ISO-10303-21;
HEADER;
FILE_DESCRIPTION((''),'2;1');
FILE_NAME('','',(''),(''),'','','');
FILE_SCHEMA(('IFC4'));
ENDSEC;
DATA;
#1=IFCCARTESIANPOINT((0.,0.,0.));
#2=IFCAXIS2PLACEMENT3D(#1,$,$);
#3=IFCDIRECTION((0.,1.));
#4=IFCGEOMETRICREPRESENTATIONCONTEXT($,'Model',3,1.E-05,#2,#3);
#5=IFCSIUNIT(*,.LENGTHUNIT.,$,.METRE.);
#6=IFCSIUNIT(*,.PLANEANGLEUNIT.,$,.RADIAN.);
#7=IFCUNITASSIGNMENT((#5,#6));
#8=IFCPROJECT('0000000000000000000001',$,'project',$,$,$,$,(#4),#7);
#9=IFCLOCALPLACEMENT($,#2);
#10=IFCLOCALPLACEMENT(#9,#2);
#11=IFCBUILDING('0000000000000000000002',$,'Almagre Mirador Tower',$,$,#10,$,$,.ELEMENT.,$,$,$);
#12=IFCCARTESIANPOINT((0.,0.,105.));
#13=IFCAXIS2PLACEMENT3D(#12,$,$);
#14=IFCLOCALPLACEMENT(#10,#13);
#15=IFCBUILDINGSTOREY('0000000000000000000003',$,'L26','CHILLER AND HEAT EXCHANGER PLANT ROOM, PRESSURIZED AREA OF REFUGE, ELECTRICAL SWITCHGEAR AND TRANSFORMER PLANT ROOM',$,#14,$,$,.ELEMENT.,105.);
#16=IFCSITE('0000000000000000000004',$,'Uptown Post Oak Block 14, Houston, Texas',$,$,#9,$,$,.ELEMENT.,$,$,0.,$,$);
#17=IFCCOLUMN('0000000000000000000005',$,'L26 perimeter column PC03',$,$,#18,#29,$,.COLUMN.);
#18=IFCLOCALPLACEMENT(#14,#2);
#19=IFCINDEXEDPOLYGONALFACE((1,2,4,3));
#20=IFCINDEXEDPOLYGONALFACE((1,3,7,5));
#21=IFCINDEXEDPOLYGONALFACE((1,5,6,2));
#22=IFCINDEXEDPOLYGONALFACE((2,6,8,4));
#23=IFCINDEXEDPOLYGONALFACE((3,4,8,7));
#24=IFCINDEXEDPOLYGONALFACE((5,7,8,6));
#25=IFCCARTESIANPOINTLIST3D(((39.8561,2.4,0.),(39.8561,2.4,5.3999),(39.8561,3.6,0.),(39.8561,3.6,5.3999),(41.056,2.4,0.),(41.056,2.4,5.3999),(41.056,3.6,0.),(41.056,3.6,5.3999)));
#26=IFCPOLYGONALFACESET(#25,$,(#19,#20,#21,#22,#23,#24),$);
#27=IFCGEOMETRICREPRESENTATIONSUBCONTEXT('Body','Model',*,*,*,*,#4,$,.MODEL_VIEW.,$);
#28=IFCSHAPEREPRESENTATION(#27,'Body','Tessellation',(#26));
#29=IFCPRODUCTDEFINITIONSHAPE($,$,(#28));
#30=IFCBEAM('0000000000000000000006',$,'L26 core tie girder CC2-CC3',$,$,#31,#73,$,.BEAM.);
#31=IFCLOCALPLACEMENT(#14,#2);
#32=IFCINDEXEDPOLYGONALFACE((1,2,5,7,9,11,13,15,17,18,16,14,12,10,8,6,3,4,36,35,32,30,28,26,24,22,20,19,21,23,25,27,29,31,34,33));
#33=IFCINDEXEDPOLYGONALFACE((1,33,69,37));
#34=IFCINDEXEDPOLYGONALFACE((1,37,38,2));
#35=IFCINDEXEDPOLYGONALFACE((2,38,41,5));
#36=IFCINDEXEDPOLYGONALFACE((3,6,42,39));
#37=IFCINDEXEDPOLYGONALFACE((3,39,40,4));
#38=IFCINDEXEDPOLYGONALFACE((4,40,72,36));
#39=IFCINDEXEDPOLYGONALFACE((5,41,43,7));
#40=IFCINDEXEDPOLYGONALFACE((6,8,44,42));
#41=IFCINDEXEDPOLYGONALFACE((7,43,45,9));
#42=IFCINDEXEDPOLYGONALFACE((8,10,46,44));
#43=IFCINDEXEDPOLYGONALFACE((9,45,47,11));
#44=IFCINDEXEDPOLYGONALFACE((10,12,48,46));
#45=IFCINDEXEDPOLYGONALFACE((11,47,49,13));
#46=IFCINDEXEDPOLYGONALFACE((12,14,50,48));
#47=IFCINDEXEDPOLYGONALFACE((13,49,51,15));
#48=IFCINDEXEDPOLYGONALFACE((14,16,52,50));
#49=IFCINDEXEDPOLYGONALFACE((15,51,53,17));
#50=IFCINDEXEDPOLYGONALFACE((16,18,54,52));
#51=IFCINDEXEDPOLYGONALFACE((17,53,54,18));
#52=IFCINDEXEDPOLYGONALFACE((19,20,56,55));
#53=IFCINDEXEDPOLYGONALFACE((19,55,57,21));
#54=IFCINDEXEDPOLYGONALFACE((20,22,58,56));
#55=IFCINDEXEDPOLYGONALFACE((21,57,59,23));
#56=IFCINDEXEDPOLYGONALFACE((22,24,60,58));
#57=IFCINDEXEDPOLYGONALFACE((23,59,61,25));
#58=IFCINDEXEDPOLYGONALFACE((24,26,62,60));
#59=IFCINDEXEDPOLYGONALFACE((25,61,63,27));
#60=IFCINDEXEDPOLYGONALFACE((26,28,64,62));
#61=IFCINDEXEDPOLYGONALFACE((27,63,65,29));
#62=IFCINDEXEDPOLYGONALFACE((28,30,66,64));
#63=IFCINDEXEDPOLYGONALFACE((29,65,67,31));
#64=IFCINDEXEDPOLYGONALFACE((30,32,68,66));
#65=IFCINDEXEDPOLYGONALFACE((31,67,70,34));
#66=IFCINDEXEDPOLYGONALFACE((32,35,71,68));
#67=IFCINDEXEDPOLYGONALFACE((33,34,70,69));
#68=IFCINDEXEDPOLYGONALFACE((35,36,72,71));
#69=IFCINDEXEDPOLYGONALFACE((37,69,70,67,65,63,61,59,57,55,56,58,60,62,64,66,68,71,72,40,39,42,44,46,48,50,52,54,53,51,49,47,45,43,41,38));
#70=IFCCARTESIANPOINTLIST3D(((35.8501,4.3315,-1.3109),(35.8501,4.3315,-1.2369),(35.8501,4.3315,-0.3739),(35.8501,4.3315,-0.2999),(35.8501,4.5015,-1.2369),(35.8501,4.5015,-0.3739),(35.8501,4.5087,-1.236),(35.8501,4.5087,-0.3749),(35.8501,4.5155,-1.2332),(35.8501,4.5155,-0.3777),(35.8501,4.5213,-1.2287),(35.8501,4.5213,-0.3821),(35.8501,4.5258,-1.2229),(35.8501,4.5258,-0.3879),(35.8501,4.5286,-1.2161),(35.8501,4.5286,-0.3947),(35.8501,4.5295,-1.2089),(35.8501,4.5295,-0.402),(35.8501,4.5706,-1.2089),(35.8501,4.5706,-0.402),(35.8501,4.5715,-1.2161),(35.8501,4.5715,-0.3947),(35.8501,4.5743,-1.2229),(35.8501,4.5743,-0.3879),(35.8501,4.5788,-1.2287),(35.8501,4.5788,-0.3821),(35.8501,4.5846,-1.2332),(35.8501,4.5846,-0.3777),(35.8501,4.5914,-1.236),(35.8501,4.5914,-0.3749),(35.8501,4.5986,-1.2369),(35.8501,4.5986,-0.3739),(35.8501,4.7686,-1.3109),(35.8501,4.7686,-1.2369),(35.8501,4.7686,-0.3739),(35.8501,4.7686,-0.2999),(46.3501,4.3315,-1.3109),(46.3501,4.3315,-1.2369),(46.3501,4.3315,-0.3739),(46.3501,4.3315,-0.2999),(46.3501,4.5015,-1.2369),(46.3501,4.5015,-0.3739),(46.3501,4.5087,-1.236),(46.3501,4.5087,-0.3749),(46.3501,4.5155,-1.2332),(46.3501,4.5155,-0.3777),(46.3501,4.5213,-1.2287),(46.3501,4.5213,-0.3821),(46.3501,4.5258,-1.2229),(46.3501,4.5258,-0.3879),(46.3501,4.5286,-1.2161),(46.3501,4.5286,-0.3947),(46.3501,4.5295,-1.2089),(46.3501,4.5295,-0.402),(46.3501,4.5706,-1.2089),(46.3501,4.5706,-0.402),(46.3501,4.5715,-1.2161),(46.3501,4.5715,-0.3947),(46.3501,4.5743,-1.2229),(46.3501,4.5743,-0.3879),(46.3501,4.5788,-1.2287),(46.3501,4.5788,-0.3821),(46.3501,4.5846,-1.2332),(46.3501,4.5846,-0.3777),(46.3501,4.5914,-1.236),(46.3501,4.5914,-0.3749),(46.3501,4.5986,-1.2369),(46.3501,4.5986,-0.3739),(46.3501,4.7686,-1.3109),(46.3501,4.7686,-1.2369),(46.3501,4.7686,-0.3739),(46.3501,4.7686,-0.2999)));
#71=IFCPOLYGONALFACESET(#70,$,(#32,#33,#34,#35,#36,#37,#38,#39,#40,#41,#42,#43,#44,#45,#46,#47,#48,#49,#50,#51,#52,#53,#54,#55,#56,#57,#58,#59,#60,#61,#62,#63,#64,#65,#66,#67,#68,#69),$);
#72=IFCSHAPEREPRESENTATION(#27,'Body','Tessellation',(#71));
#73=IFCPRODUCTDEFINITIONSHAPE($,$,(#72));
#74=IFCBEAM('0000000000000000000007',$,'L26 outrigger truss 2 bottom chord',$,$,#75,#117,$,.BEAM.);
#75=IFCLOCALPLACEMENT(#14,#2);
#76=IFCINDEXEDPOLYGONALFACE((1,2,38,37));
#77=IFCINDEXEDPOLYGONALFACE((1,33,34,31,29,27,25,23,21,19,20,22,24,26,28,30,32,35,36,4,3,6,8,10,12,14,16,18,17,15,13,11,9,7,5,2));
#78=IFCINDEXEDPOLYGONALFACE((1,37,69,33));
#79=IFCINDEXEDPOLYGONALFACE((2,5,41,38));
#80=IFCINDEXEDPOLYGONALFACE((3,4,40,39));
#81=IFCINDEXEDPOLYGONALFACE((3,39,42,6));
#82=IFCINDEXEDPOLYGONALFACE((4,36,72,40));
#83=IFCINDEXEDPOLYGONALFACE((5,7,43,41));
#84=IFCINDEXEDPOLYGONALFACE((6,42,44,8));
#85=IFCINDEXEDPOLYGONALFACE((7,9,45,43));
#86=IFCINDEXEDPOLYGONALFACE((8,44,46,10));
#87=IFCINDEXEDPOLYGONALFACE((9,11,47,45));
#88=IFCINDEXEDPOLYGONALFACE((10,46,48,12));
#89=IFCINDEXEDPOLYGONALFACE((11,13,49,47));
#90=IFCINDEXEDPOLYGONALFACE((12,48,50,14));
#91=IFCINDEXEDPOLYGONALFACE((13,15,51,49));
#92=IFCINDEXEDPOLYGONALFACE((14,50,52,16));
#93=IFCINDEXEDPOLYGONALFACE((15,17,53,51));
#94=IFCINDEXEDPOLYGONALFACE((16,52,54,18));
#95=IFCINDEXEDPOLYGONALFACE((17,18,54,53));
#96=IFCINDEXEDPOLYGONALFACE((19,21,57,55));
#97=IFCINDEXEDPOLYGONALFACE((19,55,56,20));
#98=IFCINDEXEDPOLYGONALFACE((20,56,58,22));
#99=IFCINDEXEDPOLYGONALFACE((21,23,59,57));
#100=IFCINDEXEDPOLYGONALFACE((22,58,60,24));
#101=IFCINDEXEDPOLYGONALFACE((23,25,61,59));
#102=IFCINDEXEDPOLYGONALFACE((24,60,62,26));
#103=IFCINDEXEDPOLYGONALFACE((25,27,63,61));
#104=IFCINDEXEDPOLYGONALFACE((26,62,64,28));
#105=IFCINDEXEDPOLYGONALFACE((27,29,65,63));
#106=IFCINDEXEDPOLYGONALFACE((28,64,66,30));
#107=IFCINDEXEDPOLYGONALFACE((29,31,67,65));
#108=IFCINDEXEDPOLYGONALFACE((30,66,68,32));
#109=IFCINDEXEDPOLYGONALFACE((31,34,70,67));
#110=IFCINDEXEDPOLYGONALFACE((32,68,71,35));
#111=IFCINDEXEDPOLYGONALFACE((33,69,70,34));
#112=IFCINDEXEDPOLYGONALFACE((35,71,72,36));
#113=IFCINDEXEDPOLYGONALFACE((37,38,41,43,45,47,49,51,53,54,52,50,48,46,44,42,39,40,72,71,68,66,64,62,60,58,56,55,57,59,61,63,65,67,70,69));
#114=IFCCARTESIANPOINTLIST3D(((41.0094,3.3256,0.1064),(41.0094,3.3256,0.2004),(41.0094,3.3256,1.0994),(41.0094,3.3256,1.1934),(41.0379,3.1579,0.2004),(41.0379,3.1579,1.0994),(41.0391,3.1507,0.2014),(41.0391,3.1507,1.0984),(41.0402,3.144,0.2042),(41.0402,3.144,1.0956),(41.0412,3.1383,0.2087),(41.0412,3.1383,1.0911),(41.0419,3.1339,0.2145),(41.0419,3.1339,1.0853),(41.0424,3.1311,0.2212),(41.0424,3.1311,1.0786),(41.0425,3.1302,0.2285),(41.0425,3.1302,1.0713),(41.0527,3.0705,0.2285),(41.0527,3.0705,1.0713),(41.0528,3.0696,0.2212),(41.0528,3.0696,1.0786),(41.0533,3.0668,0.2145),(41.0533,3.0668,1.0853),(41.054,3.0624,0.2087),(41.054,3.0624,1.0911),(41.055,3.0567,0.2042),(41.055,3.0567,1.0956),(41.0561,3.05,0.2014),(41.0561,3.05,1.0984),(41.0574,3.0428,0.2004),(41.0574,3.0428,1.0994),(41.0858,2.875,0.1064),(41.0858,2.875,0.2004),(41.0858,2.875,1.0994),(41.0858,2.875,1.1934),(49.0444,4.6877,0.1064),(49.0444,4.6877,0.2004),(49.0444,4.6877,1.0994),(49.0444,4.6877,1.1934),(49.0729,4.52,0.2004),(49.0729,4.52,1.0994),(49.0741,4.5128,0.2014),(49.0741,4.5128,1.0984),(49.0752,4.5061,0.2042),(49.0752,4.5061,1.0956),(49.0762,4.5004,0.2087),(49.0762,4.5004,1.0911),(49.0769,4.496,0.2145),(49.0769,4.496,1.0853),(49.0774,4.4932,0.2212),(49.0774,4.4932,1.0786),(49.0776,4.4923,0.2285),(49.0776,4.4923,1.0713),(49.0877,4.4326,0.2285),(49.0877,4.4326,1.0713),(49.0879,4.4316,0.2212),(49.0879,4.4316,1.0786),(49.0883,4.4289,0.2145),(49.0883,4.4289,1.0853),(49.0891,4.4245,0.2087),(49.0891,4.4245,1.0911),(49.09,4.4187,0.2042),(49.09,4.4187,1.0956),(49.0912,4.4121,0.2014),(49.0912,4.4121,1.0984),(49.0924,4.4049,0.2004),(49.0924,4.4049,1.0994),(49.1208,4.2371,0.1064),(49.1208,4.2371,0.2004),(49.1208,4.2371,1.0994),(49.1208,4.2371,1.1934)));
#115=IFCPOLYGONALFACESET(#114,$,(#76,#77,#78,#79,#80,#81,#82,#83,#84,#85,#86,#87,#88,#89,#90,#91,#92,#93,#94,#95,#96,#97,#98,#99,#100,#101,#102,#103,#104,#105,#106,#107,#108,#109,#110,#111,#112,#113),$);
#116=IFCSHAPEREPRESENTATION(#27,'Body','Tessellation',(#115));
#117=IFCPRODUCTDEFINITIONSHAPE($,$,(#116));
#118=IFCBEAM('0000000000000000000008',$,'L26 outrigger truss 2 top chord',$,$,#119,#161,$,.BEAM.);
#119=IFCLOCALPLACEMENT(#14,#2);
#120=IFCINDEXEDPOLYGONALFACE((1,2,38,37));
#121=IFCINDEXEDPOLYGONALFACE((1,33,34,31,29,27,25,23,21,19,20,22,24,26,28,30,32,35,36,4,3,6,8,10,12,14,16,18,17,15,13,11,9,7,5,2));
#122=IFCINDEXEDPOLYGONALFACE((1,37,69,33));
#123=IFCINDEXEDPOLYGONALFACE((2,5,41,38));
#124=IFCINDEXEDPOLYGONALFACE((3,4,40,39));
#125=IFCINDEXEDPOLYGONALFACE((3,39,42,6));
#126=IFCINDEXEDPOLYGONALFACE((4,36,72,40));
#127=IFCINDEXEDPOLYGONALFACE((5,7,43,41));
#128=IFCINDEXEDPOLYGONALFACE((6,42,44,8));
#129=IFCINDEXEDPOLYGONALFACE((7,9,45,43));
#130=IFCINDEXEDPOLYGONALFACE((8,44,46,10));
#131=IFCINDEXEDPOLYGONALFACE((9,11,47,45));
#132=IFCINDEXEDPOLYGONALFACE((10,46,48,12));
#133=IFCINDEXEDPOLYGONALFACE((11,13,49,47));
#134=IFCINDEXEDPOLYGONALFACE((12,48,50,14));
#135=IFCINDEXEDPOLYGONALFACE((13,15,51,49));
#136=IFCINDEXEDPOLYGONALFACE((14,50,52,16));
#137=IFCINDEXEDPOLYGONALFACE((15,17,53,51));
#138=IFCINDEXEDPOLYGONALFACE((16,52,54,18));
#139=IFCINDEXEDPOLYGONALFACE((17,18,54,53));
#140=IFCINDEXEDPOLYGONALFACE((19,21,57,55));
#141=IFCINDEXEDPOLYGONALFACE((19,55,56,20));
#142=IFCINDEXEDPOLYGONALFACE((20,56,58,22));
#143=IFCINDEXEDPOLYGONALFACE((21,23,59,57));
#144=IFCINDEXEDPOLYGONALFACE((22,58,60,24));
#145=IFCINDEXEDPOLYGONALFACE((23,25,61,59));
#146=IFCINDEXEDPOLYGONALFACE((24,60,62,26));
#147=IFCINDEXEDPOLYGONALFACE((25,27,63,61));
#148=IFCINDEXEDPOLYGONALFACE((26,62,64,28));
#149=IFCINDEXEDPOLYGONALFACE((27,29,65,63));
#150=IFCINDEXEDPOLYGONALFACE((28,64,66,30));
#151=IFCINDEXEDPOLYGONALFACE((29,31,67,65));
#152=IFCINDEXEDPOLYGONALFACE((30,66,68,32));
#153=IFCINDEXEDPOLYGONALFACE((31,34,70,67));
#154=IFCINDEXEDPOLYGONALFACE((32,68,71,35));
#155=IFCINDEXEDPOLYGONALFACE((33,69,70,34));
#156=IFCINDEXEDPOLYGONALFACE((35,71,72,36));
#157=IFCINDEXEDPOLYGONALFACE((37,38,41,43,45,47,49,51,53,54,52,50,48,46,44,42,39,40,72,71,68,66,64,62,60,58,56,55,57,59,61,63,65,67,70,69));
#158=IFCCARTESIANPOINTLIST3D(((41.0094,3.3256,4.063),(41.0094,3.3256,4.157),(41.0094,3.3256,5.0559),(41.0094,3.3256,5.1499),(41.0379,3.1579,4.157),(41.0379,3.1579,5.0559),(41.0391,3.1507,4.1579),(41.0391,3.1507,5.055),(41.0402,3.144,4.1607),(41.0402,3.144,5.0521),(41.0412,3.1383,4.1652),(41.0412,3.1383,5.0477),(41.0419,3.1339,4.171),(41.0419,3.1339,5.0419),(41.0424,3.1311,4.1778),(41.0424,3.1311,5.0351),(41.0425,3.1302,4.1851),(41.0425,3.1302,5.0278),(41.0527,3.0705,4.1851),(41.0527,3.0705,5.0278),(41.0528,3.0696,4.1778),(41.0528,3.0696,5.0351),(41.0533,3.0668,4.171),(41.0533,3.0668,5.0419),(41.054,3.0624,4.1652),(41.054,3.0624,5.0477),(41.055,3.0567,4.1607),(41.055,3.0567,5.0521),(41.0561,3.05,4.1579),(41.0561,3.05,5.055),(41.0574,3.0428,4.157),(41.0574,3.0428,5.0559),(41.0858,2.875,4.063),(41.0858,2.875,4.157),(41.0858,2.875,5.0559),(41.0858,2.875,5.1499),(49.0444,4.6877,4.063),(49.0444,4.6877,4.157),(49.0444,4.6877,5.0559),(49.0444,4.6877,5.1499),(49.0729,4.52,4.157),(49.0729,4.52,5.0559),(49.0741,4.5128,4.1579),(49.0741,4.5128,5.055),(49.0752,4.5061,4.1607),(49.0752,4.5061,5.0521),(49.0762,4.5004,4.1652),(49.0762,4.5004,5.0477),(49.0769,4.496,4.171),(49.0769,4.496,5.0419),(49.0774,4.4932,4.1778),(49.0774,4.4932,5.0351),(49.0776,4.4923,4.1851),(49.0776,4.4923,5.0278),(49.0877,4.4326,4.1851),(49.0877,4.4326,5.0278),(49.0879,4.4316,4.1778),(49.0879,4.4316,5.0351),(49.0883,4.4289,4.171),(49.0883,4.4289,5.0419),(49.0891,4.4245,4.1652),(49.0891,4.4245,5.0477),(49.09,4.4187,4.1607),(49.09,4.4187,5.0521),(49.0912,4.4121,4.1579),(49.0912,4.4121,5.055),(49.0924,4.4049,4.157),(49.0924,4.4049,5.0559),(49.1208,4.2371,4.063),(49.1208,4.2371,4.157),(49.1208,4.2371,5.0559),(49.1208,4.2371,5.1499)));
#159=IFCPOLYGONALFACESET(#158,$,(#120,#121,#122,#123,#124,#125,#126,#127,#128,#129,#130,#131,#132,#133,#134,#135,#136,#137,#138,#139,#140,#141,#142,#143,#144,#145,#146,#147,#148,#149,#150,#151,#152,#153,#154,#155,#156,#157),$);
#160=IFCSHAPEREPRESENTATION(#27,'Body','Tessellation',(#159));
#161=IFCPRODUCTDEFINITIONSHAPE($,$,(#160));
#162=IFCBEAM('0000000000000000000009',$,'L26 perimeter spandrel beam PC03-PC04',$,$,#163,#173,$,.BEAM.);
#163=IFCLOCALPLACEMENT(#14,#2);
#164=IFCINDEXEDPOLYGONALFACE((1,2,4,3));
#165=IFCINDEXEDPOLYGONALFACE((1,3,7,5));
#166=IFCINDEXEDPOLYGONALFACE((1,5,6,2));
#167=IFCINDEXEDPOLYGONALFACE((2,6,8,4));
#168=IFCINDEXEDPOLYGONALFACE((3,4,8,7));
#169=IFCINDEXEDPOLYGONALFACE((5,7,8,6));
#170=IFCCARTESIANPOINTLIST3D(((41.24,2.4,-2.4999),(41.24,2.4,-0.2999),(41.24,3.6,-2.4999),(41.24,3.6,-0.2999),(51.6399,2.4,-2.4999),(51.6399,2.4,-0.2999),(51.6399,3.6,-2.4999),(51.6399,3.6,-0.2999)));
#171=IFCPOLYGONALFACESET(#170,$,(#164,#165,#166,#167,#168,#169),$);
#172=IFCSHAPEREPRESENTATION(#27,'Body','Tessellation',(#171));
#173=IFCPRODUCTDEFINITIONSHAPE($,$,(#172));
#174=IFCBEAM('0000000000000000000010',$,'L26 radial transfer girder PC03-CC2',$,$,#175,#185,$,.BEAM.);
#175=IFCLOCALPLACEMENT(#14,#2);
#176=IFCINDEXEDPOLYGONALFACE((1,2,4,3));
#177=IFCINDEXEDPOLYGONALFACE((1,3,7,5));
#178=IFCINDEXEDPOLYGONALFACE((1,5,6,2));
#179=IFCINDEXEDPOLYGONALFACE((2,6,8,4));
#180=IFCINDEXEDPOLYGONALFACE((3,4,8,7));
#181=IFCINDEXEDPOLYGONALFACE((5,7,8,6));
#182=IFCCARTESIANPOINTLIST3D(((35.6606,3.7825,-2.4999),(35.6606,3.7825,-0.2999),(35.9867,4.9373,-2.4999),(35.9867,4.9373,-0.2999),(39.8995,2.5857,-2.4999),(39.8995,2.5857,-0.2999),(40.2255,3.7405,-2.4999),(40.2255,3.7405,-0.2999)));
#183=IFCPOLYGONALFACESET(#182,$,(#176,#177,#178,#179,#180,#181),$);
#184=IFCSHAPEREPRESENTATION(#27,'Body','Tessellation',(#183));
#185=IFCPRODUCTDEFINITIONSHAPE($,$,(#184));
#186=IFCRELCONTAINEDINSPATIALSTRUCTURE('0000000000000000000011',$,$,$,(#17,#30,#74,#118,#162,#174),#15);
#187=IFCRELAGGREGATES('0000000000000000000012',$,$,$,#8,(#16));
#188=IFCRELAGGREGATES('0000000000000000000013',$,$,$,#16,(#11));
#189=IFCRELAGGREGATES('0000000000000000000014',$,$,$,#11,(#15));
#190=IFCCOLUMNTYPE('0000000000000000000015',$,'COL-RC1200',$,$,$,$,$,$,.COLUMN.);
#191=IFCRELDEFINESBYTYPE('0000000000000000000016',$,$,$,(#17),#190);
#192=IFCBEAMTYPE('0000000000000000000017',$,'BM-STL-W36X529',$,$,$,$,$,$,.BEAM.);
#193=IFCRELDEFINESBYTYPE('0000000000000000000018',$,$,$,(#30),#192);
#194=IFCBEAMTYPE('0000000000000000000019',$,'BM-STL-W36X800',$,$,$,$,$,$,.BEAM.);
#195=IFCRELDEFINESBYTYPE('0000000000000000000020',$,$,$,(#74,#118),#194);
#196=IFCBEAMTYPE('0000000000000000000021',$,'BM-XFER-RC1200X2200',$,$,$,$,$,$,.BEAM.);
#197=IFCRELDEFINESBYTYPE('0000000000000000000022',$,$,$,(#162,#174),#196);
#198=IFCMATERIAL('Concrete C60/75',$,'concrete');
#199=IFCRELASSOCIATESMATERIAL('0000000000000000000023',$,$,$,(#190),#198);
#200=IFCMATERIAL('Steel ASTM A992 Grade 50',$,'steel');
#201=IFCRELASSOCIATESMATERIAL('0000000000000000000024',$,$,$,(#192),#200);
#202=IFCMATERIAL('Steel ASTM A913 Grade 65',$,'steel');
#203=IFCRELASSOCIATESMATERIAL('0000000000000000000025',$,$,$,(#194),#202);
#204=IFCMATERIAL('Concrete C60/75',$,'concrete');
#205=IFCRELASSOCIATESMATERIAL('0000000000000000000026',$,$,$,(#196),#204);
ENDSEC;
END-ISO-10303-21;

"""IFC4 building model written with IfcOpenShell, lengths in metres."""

from ifc_helpers import new_model, si_unit, direction, frame, origin, origin_2d, place, context, subcontext, project, spatial, rectangle, i_section, extrude, material, material_profile, profile_set, type_object, element, save


model = new_model("IFC4")

# Units and contexts
model_context = context("Model", 3, precision=1e-05, world=origin(), true_north=direction((0.0, 1.0)))
body_context = subcontext(model_context, "Body", "Model", "MODEL_VIEW")
ifc_project = project(units=[si_unit("LENGTHUNIT", "METRE"), si_unit("PLANEANGLEUNIT", "RADIAN")], contexts=[model_context])

# Site, building, storey
site_placement = place(None, origin())
site = spatial("IfcSite", under=ifc_project, at=site_placement, Name="Uptown Post Oak Block 14, Houston, Texas", CompositionType="ELEMENT", RefElevation=0.0)
building_placement = place(site_placement, origin())
building = spatial("IfcBuilding", under=site, at=building_placement, Name="Almagre Mirador Tower", CompositionType="ELEMENT")
storey_placement = place(building_placement, frame((0.0, 0.0, 105.0)))
storey = spatial("IfcBuildingStorey", under=building, at=storey_placement, Name="L26", Description="CHILLER AND HEAT EXCHANGER PLANT ROOM, PRESSURIZED AREA OF REFUGE, ELECTRICAL SWITCHGEAR AND TRANSFORMER PLANT ROOM", CompositionType="ELEMENT", Elevation=105.0)

# Column
ifc_material_1 = material(Name="Concrete C60/75", Category="concrete")
ifc_material_profile_1 = material_profile(ifc_material_1, rectangle(XDim=1.2, YDim=1.2, at=origin_2d()), Name="RC1200X1200")
ifc_profile_set_1 = profile_set([ifc_material_profile_1], Name="Concrete C60/75")
column_type = type_object("IfcColumnType", Name="COL-RC1200", PredefinedType="COLUMN", material=ifc_profile_set_1)
column_placement = place(storey_placement, frame((40.4561, 3.0, 0.0), z_axis=(0.0, 0.0, 1.0), x_axis=(1.0, 0.0, 0.0)))
element("IfcColumn", 1, at=column_placement, inside=storey, type_object=column_type, Name="L26 perimeter column PC03", PredefinedType="COLUMN", context=body_context, shape_type="SweptSolid", body=[
    extrude(rectangle(XDim=1.2, YDim=1.2, at=origin_2d()), origin(), (0.0, 0.0, 1.0), 5.3999),
])

# Beams
ifc_material_2 = material(Name="Steel ASTM A992 Grade 50", Category="steel")
ifc_material_profile_2 = material_profile(ifc_material_2, i_section(OverallWidth=0.437, OverallDepth=1.011, WebThickness=0.041, FlangeThickness=0.074, FilletRadius=0.0281, at=origin_2d()), Name="W36X529")
ifc_profile_set_2 = profile_set([ifc_material_profile_2], Name="Steel ASTM A992 Grade 50")
beam_type_1 = type_object("IfcBeamType", Name="BM-STL-W36X529", PredefinedType="BEAM", material=ifc_profile_set_2)
beam_1_placement = place(storey_placement, frame((35.8501, 4.55, -0.8054), z_axis=(1.0, 0.0, 0.0), x_axis=(0.0, 1.0, 0.0)))
element("IfcBeam", 2, at=beam_1_placement, inside=storey, type_object=beam_type_1, Name="L26 core tie girder CC2-CC3", PredefinedType="BEAM", context=body_context, shape_type="SweptSolid", body=[
    extrude(i_section(OverallWidth=0.437, OverallDepth=1.011, WebThickness=0.041, FlangeThickness=0.074, FilletRadius=0.0281, at=origin_2d()), origin(), (0.0, 0.0, 1.0), 10.5),
])
ifc_material_3 = material(Name="Steel ASTM A913 Grade 65", Category="steel")
ifc_material_profile_3 = material_profile(ifc_material_3, i_section(OverallWidth=0.457, OverallDepth=1.0869, WebThickness=0.0605, FlangeThickness=0.094, FilletRadius=0.0281, at=origin_2d()), Name="W36X800")
ifc_profile_set_3 = profile_set([ifc_material_profile_3], Name="Steel ASTM A913 Grade 65")
beam_type_2 = type_object("IfcBeamType", Name="BM-STL-W36X800", PredefinedType="BEAM", material=ifc_profile_set_3)
for number, where, z_axis, x_axis, name in (
    (3, (41.0476, 3.1003, 0.6499), (0.985934, 0.167133, 0.0), (-0.167133, 0.985934, 0.0), "L26 outrigger truss 2 bottom chord"),
    (4, (41.0476, 3.1003, 4.6064), (0.985934, 0.167133, 0.0), (-0.167133, 0.985934, 0.0), "L26 outrigger truss 2 top chord"),
):
    element("IfcBeam", number, at=place(storey_placement, frame(where, z_axis=z_axis, x_axis=x_axis)), inside=storey, type_object=beam_type_2, Name=name, PredefinedType="BEAM", context=body_context, shape_type="SweptSolid", body=[
        extrude(i_section(OverallWidth=0.457, OverallDepth=1.0869, WebThickness=0.0605, FlangeThickness=0.094, FilletRadius=0.0281, at=origin_2d()), origin(), (0.0, 0.0, 1.0), 8.1497),
    ])
ifc_material_4 = material(Name="Concrete C60/75", Category="concrete")
ifc_material_profile_4 = material_profile(ifc_material_4, rectangle(XDim=1.2, YDim=2.2, at=origin_2d()), Name="RC1200X2200")
ifc_profile_set_4 = profile_set([ifc_material_profile_4], Name="Concrete C60/75")
beam_type_3 = type_object("IfcBeamType", Name="BM-XFER-RC1200X2200", PredefinedType="BEAM", material=ifc_profile_set_4)
beam_2_placement = place(storey_placement, frame((41.24, 3.0, -1.3999), z_axis=(1.0, 0.0, 0.0), x_axis=(0.0, 1.0, 0.0)))
element("IfcBeam", 5, at=beam_2_placement, inside=storey, type_object=beam_type_3, Name="L26 perimeter spandrel beam PC03-PC04", PredefinedType="BEAM", context=body_context, shape_type="SweptSolid", body=[
    extrude(rectangle(XDim=1.2, YDim=2.2, at=origin_2d()), origin(), (0.0, 0.0, 1.0), 10.3999),
])
beam_3_placement = place(storey_placement, frame((40.0625, 3.1631, -1.3999), z_axis=(-0.962377, 0.271718, 0.0), x_axis=(-0.271718, -0.962377, 0.0)))
element("IfcBeam", 6, at=beam_3_placement, inside=storey, type_object=beam_type_3, Name="L26 radial transfer girder PC03-CC2", PredefinedType="BEAM", context=body_context, shape_type="SweptSolid", body=[
    extrude(rectangle(XDim=1.2, YDim=2.2, at=origin_2d()), origin(), (0.0, 0.0, 1.0), 4.4045),
])

save(model, "model.ifc")
